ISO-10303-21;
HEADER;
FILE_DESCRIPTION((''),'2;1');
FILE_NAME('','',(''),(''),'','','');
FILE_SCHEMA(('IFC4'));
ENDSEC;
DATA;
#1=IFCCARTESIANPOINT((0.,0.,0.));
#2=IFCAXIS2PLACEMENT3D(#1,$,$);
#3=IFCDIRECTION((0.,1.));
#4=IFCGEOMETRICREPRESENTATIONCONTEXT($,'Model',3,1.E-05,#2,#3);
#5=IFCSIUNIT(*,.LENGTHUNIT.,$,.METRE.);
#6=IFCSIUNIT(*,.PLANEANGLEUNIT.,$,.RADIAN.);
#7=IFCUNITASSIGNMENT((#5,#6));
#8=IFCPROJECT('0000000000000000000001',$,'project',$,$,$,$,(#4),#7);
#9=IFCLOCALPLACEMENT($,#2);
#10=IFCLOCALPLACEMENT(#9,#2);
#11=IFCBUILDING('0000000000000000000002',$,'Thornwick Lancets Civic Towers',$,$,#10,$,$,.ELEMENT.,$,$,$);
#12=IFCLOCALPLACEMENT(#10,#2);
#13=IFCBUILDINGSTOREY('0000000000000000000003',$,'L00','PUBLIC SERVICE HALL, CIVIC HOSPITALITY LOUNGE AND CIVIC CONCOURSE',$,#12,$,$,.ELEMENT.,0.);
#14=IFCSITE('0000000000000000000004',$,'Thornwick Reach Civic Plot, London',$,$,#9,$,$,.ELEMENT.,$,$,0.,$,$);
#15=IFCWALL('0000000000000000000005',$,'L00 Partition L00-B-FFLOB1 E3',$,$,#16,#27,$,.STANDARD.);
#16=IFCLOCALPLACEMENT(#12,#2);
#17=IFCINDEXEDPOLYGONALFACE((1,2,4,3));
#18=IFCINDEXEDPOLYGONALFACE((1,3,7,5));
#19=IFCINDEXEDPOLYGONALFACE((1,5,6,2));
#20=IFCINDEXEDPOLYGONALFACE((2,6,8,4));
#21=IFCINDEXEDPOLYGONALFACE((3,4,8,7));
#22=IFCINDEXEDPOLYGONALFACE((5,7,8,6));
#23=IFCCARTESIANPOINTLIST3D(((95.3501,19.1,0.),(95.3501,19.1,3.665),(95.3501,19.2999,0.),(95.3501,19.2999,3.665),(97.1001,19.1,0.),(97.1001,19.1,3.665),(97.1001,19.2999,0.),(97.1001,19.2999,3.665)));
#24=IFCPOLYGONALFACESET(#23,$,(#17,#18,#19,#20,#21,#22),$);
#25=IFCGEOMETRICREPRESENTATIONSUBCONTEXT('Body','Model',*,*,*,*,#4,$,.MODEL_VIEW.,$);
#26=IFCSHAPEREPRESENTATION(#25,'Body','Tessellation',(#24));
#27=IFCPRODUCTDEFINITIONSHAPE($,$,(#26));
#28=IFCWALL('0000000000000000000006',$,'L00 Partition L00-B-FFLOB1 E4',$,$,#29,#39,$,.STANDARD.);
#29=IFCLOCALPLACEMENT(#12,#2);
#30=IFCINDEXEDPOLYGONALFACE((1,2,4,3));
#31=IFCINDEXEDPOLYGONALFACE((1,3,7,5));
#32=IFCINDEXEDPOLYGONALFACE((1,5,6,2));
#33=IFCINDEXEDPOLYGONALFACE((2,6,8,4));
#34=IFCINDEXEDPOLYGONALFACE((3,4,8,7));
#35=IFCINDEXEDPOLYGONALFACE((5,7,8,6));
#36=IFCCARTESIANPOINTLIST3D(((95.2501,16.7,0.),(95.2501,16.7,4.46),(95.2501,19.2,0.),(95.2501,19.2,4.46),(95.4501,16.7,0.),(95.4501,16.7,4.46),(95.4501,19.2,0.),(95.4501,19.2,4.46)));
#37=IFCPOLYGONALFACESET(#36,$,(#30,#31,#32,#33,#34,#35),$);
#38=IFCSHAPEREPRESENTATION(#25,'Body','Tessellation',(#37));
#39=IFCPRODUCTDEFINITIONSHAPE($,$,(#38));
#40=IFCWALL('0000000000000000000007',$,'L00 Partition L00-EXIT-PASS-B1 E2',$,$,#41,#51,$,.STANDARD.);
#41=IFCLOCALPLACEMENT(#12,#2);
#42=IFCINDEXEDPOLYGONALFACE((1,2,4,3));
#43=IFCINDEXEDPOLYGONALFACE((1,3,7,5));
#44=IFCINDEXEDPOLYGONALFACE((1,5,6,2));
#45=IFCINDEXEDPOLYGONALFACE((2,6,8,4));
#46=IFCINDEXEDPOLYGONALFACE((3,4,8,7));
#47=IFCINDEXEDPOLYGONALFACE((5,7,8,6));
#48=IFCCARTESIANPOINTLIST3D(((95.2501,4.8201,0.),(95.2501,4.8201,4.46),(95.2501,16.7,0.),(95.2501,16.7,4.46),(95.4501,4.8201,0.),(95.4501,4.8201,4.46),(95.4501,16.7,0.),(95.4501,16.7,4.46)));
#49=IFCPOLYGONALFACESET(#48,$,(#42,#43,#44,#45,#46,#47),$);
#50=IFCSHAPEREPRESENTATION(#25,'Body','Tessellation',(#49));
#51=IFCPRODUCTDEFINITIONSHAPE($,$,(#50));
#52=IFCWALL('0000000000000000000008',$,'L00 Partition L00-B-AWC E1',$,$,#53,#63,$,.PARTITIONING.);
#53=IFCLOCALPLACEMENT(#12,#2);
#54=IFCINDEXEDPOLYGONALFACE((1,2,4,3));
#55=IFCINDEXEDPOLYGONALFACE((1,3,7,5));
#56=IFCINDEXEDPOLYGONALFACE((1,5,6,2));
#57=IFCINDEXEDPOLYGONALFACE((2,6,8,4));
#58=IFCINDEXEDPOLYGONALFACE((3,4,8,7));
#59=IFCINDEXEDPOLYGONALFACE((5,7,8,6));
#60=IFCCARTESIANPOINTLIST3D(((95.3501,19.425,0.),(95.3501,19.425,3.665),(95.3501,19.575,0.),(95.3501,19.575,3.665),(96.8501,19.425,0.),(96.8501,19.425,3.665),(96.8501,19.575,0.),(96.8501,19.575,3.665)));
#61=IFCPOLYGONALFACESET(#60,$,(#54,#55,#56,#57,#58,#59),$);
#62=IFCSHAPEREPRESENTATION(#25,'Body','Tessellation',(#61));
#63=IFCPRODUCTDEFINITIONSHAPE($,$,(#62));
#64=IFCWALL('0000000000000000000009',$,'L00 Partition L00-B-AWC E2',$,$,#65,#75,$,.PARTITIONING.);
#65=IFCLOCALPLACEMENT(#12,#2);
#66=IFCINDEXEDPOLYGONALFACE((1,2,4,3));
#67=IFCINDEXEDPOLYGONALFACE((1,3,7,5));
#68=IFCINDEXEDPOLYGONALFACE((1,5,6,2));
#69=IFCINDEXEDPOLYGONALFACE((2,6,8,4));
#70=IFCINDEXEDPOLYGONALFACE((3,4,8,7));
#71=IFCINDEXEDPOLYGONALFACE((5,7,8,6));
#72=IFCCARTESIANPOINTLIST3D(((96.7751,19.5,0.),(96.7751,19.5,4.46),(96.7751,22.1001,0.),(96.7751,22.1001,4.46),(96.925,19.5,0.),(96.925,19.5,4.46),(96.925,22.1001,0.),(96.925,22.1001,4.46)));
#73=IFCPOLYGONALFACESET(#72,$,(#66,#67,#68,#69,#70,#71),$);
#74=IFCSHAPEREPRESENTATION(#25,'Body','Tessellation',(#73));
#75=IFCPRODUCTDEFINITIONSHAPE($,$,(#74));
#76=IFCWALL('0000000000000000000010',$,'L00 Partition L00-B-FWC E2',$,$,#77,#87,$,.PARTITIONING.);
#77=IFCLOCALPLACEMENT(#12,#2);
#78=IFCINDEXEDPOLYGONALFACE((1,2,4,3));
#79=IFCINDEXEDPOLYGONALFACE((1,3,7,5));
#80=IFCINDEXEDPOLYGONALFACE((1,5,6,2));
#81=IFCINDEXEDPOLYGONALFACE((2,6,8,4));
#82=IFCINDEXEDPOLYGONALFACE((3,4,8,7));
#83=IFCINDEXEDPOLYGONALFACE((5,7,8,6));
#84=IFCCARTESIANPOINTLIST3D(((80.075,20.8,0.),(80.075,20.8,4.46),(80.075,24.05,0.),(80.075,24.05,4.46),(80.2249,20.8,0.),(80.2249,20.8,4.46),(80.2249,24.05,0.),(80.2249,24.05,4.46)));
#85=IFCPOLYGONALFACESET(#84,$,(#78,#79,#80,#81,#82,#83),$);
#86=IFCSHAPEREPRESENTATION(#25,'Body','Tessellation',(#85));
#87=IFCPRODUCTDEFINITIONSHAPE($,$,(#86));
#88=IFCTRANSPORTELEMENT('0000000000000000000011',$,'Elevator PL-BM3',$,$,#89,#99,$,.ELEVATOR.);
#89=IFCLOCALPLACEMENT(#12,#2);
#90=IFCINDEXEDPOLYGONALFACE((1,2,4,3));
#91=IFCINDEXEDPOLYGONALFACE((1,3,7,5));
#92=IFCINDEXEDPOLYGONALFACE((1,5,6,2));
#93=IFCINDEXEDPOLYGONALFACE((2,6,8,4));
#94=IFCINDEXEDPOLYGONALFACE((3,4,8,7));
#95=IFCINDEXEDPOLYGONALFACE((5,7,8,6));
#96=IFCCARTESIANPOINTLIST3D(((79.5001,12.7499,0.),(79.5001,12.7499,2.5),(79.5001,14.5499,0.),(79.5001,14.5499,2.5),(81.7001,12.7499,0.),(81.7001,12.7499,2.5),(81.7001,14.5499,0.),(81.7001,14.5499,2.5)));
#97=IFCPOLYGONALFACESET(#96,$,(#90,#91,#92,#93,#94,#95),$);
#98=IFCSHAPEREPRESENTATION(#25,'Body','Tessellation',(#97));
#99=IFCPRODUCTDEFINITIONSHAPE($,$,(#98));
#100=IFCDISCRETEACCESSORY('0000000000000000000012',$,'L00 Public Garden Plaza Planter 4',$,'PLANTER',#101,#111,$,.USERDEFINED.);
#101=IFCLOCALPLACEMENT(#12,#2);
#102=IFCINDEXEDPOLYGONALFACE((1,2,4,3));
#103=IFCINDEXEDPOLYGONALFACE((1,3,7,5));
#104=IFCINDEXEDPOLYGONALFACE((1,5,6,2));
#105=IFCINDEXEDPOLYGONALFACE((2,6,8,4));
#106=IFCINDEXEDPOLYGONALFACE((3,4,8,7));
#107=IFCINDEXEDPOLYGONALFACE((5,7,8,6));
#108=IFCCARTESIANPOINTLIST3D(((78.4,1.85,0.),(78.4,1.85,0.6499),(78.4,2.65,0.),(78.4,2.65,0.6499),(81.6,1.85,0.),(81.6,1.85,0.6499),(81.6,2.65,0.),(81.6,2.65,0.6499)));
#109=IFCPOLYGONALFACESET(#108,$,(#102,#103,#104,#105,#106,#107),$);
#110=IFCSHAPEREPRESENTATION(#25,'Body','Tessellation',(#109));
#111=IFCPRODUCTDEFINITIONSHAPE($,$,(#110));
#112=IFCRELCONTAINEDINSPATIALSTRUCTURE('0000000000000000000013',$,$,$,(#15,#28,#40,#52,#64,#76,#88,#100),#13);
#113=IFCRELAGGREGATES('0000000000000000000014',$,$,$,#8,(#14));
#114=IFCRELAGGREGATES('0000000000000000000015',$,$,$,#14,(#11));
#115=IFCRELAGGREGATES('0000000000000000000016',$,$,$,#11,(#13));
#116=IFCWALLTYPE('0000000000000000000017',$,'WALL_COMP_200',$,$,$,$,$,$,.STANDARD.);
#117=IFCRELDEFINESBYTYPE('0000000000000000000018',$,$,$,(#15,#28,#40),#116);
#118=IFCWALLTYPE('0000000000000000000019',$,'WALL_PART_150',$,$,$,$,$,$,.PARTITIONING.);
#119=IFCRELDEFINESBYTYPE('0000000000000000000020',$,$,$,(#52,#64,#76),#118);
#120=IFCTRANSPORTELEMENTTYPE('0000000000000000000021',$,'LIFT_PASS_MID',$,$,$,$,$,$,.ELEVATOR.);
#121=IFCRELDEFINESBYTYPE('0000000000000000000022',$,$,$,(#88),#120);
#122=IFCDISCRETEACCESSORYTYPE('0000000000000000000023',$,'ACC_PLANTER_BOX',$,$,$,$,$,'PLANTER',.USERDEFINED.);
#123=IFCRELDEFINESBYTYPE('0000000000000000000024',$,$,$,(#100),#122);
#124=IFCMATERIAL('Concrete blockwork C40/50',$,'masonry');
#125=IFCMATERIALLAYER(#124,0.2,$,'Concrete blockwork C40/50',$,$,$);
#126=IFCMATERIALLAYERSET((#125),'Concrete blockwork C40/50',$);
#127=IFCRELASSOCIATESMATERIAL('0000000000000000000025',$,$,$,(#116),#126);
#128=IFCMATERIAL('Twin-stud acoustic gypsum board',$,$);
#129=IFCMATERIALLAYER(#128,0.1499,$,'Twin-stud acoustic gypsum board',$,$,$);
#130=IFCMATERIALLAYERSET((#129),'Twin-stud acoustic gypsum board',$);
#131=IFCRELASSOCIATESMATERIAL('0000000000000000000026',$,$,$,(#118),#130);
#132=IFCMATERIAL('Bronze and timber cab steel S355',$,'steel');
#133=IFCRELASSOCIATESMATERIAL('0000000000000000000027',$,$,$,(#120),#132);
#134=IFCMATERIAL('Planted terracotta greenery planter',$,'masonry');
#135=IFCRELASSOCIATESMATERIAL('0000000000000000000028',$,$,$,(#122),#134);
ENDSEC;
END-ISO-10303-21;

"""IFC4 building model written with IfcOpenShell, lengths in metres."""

from ifc_helpers import new_model, si_unit, direction, frame, frame_2d, origin, origin_2d, place, context, subcontext, project, spatial, rectangle, extrude, material, layer, layer_set, type_object, element, save


model = new_model("IFC4")

# Units and contexts
model_context = context("Model", 3, precision=1e-05, world=origin(), true_north=direction((0.0, 1.0)))
body_context = subcontext(model_context, "Body", "Model", "MODEL_VIEW")
ifc_project = project(units=[si_unit("LENGTHUNIT", "METRE"), si_unit("PLANEANGLEUNIT", "RADIAN")], contexts=[model_context])

# Site, building, storey
site_placement = place(None, origin())
site = spatial("IfcSite", under=ifc_project, at=site_placement, Name="Thornwick Reach Civic Plot, London", CompositionType="ELEMENT", RefElevation=0.0)
building_placement = place(site_placement, origin())
building = spatial("IfcBuilding", under=site, at=building_placement, Name="Thornwick Lancets Civic Towers", CompositionType="ELEMENT")
storey_placement = place(building_placement, origin())
storey = spatial("IfcBuildingStorey", under=building, at=storey_placement, Name="L00", Description="PUBLIC SERVICE HALL, CIVIC HOSPITALITY LOUNGE AND CIVIC CONCOURSE", CompositionType="ELEMENT", Elevation=0.0)

# Shared definitions
ifc_material_1 = material(Name="Concrete blockwork C40/50", Category="masonry")
ifc_layer_1 = layer(ifc_material_1, 0.2, Name="Concrete blockwork C40/50")
ifc_layer_set_1 = layer_set([ifc_layer_1], Name="Concrete blockwork C40/50")
wall_type_1 = type_object("IfcWallType", Name="WALL_COMP_200", PredefinedType="STANDARD", material=ifc_layer_set_1)

# Walls
wall_1_placement = place(storey_placement, frame((97.1001, 19.2, 0.0), z_axis=(0.0, 0.0, 1.0), x_axis=(-1.0, 0.0, 0.0)))
element("IfcWall", 1, at=wall_1_placement, inside=storey, type_object=wall_type_1, Name="L00 Partition L00-B-FFLOB1 E3", PredefinedType="STANDARD", context=body_context, shape_type="SweptSolid", body=[
    extrude(rectangle(XDim=1.75, YDim=0.2, at=frame_2d((0.875, 0.0))), origin(), (0.0, 0.0, 1.0), 3.665),
])
wall_2_placement = place(storey_placement, frame((95.3501, 19.2, 0.0), z_axis=(0.0, 0.0, 1.0), x_axis=(0.0, -1.0, 0.0)))
element("IfcWall", 2, at=wall_2_placement, inside=storey, type_object=wall_type_1, Name="L00 Partition L00-B-FFLOB1 E4", PredefinedType="STANDARD", context=body_context, shape_type="SweptSolid", body=[
    extrude(rectangle(XDim=2.5, YDim=0.2, at=frame_2d((1.25, 0.0))), origin(), (0.0, 0.0, 1.0), 4.46),
])
wall_3_placement = place(storey_placement, frame((95.3501, 4.8201, 0.0), z_axis=(0.0, 0.0, 1.0), x_axis=(0.0, 1.0, 0.0)))
element("IfcWall", 3, at=wall_3_placement, inside=storey, type_object=wall_type_1, Name="L00 Partition L00-EXIT-PASS-B1 E2", PredefinedType="STANDARD", context=body_context, shape_type="SweptSolid", body=[
    extrude(rectangle(XDim=11.8799, YDim=0.2, at=frame_2d((5.9399, 0.0))), origin(), (0.0, 0.0, 1.0), 4.46),
])
ifc_material_2 = material(Name="Twin-stud acoustic gypsum board")
ifc_layer_2 = layer(ifc_material_2, 0.1499, Name="Twin-stud acoustic gypsum board")
ifc_layer_set_2 = layer_set([ifc_layer_2], Name="Twin-stud acoustic gypsum board")
wall_type_2 = type_object("IfcWallType", Name="WALL_PART_150", PredefinedType="PARTITIONING", material=ifc_layer_set_2)
wall_4_placement = place(storey_placement, frame((95.3501, 19.5, 0.0), z_axis=(0.0, 0.0, 1.0), x_axis=(1.0, 0.0, 0.0)))
element("IfcWall", 4, at=wall_4_placement, inside=storey, type_object=wall_type_2, Name="L00 Partition L00-B-AWC E1", PredefinedType="PARTITIONING", context=body_context, shape_type="SweptSolid", body=[
    extrude(rectangle(XDim=1.5, YDim=0.1499, at=frame_2d((0.75, 0.0))), origin(), (0.0, 0.0, 1.0), 3.665),
])
wall_5_placement = place(storey_placement, frame((96.8501, 19.5, 0.0), z_axis=(0.0, 0.0, 1.0), x_axis=(0.0, 1.0, 0.0)))
element("IfcWall", 5, at=wall_5_placement, inside=storey, type_object=wall_type_2, Name="L00 Partition L00-B-AWC E2", PredefinedType="PARTITIONING", context=body_context, shape_type="SweptSolid", body=[
    extrude(rectangle(XDim=2.6001, YDim=0.1499, at=frame_2d((1.3, 0.0))), origin(), (0.0, 0.0, 1.0), 4.46),
])
wall_6_placement = place(storey_placement, frame((80.1499, 20.8, 0.0), z_axis=(0.0, 0.0, 1.0), x_axis=(0.0, 1.0, 0.0)))
element("IfcWall", 6, at=wall_6_placement, inside=storey, type_object=wall_type_2, Name="L00 Partition L00-B-FWC E2", PredefinedType="PARTITIONING", context=body_context, shape_type="SweptSolid", body=[
    extrude(rectangle(XDim=3.25, YDim=0.1499, at=frame_2d((1.625, 0.0))), origin(), (0.0, 0.0, 1.0), 4.46),
])

# Transport element
ifc_material_3 = material(Name="Bronze and timber cab steel S355", Category="steel")
transport_element_type = type_object("IfcTransportElementType", Name="LIFT_PASS_MID", PredefinedType="ELEVATOR", material=ifc_material_3)
transport_element_placement = place(storey_placement, frame((80.6001, 13.6499, 0.0), z_axis=(0.0, 0.0, 1.0), x_axis=(1.0, 0.0, 0.0)))
element("IfcTransportElement", 7, at=transport_element_placement, inside=storey, type_object=transport_element_type, Name="Elevator PL-BM3", PredefinedType="ELEVATOR", context=body_context, shape_type="SweptSolid", body=[
    extrude(rectangle(XDim=2.2, YDim=1.8, at=origin_2d()), origin(), (0.0, 0.0, 1.0), 2.5),
])

# Discrete accessory
ifc_material_4 = material(Name="Planted terracotta greenery planter", Category="masonry")
discrete_accessory_type = type_object("IfcDiscreteAccessoryType", Name="ACC_PLANTER_BOX", ElementType="PLANTER", PredefinedType="USERDEFINED", material=ifc_material_4)
discrete_accessory_placement = place(storey_placement, frame((80.0, 2.25, 0.0), z_axis=(0.0, 0.0, 1.0), x_axis=(1.0, 0.0, 0.0)))
element("IfcDiscreteAccessory", 8, at=discrete_accessory_placement, inside=storey, type_object=discrete_accessory_type, Name="L00 Public Garden Plaza Planter 4", ObjectType="PLANTER", PredefinedType="USERDEFINED", context=body_context, shape_type="SweptSolid", body=[
    extrude(rectangle(XDim=3.2, YDim=0.8, at=origin_2d()), origin(), (0.0, 0.0, 1.0), 0.6499),
])

save(model, "model.ifc")
